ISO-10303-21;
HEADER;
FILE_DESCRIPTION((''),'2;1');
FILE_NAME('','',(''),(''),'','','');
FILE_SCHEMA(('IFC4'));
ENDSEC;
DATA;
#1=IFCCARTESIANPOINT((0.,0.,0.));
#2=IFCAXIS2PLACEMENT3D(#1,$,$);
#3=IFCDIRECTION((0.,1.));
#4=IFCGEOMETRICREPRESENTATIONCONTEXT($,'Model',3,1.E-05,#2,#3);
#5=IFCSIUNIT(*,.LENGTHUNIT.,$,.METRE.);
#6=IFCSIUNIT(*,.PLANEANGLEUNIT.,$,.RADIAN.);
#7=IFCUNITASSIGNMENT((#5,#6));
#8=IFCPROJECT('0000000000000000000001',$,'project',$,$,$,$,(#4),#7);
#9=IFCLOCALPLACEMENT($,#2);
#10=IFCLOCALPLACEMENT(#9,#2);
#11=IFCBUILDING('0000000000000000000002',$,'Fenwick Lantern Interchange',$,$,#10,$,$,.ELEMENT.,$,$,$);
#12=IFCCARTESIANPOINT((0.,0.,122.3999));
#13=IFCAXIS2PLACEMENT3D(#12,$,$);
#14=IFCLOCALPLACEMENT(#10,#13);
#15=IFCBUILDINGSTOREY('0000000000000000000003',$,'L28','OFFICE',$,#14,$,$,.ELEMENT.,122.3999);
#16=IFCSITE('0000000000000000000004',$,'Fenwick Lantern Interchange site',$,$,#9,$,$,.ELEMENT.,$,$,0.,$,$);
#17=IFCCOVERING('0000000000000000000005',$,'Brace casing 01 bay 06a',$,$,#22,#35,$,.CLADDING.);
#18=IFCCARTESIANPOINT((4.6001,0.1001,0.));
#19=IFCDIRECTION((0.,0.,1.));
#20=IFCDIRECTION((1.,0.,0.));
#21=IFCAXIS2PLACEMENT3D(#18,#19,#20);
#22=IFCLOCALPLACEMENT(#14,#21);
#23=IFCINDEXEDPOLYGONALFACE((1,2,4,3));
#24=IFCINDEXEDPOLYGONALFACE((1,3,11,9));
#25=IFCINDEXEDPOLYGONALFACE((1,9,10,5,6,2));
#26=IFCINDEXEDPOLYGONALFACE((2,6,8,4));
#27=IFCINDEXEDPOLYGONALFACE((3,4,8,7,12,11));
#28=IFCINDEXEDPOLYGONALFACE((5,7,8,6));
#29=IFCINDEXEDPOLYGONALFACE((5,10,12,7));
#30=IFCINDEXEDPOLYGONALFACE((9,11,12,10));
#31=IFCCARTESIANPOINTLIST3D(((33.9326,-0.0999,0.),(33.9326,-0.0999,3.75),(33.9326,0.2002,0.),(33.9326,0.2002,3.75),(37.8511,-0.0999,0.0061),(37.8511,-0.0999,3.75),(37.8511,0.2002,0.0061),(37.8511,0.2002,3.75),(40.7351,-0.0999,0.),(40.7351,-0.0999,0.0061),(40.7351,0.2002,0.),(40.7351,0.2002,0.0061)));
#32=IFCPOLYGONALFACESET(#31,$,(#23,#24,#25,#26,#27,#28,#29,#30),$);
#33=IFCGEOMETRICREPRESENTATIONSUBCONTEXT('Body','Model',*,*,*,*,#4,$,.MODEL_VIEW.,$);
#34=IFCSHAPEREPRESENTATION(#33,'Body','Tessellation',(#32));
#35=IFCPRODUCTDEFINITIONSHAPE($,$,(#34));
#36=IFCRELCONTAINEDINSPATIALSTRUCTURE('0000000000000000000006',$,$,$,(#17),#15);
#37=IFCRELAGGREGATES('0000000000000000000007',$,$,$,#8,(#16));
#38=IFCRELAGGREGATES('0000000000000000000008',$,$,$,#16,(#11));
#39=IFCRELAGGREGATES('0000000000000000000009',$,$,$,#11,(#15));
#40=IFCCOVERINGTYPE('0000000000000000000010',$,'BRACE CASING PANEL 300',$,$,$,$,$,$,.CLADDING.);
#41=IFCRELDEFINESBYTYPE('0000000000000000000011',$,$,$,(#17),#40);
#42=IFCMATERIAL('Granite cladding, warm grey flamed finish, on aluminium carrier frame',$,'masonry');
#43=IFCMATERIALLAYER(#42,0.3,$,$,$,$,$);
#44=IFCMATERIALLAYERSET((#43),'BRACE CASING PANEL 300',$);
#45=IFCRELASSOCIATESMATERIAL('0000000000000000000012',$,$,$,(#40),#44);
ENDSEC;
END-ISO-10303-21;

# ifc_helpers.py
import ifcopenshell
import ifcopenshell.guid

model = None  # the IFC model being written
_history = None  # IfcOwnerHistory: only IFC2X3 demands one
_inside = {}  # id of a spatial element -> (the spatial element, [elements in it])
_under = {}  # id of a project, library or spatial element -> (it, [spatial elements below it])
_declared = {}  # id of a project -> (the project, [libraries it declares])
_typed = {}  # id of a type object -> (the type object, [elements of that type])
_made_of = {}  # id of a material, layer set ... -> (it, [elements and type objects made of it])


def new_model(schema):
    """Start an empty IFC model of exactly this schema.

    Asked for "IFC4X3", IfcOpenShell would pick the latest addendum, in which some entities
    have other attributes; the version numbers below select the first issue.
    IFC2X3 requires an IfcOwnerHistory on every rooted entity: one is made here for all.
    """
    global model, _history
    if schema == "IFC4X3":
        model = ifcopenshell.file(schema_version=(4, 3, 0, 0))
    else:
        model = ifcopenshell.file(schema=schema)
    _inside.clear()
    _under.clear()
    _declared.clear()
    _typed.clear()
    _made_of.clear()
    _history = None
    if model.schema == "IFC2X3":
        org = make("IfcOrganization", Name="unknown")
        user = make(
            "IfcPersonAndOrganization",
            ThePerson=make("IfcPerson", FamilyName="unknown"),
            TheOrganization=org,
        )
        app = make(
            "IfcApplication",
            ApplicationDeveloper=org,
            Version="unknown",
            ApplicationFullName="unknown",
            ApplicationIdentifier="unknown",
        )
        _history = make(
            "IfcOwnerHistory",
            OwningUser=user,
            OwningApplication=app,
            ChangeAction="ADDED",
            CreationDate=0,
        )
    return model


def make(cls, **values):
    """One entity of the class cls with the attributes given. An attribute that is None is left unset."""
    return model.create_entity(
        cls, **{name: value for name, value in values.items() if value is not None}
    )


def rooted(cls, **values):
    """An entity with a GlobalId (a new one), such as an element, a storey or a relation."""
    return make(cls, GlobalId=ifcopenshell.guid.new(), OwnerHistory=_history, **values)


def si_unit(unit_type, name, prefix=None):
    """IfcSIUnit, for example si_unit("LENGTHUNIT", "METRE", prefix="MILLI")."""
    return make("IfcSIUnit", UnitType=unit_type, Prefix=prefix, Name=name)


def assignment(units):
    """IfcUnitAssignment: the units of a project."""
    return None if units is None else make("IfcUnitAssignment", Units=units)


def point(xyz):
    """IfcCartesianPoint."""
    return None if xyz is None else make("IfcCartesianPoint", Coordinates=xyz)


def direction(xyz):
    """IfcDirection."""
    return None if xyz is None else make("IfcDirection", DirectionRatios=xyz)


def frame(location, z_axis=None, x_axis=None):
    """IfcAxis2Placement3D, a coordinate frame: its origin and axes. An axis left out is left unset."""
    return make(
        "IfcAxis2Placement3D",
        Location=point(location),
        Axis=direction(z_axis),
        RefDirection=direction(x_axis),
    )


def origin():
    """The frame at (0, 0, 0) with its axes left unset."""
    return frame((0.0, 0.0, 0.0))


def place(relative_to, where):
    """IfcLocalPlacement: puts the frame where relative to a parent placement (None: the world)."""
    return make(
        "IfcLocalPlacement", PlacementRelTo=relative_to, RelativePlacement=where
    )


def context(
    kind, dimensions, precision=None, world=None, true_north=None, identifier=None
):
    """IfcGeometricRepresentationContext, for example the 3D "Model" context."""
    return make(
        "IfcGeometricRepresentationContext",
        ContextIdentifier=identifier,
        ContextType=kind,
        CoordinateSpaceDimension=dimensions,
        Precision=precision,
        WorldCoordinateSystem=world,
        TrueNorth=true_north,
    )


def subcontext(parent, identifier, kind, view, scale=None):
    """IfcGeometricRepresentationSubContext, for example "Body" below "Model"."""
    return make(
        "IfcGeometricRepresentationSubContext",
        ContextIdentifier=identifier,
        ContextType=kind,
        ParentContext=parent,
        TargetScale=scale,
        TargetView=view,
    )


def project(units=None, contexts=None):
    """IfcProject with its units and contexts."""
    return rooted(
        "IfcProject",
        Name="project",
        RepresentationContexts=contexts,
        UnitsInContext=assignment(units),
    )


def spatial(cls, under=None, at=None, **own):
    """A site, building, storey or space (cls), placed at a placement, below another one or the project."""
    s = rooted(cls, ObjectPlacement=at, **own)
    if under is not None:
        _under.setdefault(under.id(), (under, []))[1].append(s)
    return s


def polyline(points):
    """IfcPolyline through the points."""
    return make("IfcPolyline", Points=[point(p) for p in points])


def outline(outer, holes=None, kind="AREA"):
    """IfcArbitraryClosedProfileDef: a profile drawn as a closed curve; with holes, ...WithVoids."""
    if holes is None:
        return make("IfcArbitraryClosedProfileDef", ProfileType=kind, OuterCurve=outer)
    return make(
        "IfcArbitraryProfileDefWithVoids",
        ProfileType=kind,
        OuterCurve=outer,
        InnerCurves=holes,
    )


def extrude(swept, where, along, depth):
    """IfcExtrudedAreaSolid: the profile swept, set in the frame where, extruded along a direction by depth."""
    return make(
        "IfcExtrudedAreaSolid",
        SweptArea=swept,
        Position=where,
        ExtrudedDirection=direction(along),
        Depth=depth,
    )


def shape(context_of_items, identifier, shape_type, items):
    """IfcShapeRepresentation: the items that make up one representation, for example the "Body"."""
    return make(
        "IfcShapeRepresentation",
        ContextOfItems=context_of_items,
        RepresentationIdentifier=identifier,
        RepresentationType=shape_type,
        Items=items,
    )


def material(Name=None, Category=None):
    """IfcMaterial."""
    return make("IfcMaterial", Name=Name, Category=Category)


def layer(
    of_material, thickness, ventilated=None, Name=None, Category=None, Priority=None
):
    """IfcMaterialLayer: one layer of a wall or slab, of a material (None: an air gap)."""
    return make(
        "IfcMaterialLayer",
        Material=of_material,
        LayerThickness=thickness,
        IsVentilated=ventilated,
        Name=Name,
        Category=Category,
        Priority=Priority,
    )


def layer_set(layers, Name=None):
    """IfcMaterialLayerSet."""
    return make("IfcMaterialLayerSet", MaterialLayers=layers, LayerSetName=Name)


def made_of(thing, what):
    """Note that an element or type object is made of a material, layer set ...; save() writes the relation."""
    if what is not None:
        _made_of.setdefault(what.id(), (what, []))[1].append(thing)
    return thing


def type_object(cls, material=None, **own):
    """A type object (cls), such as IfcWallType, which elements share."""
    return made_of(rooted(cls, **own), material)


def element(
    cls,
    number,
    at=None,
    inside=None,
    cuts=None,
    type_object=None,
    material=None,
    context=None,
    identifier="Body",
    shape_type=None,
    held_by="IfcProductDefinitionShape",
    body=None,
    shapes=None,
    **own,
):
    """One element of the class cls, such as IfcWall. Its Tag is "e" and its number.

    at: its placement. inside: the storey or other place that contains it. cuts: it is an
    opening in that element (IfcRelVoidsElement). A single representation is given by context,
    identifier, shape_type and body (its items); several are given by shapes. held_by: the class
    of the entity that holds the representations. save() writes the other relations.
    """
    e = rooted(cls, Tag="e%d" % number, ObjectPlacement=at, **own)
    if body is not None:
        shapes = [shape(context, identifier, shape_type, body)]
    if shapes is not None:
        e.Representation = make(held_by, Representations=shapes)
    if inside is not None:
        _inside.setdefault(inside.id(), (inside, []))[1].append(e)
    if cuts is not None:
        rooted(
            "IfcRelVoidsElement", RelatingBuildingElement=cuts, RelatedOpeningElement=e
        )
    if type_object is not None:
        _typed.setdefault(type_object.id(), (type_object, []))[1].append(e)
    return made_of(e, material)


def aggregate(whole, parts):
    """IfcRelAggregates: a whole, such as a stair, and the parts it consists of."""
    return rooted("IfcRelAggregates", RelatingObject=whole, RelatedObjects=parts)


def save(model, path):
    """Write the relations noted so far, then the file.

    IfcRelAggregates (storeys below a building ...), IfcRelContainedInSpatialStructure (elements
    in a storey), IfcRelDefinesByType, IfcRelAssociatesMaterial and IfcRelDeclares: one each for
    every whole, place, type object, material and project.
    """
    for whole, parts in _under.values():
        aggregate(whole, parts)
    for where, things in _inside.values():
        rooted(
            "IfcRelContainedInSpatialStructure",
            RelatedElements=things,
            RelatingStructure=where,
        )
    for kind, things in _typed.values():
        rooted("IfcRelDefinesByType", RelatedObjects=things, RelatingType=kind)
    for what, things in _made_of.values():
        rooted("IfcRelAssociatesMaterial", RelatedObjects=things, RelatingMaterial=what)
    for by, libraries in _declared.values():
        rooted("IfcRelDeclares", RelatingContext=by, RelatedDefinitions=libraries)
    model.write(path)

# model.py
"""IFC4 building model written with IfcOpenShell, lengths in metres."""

from ifc_helpers import new_model, si_unit, direction, frame, origin, place, context, subcontext, project, spatial, polyline, outline, extrude, material, layer, layer_set, type_object, element, save


model = new_model("IFC4")

# Units and contexts
model_context = context("Model", 3, precision=1e-05, world=origin(), true_north=direction((0.0, 1.0)))
body_context = subcontext(model_context, "Body", "Model", "MODEL_VIEW")
ifc_project = project(units=[si_unit("LENGTHUNIT", "METRE"), si_unit("PLANEANGLEUNIT", "RADIAN")], contexts=[model_context])

# Site, building, storey
site_placement = place(None, origin())
site = spatial("IfcSite", under=ifc_project, at=site_placement, Name="Fenwick Lantern Interchange site", CompositionType="ELEMENT", RefElevation=0.0)
building_placement = place(site_placement, origin())
building = spatial("IfcBuilding", under=site, at=building_placement, Name="Fenwick Lantern Interchange", CompositionType="ELEMENT")
storey_placement = place(building_placement, frame((0.0, 0.0, 122.3999)))
storey = spatial("IfcBuildingStorey", under=building, at=storey_placement, Name="L28", Description="OFFICE", CompositionType="ELEMENT", Elevation=122.3999)

# Covering
ifc_material_1 = material(Name="Granite cladding, warm grey flamed finish, on aluminium carrier frame", Category="masonry")
ifc_layer_1 = layer(ifc_material_1, 0.3)
ifc_layer_set_1 = layer_set([ifc_layer_1], Name="BRACE CASING PANEL 300")
covering_type = type_object("IfcCoveringType", Name="BRACE CASING PANEL 300", PredefinedType="CLADDING", material=ifc_layer_set_1)
covering_placement = place(storey_placement, frame((4.6001, 0.1001, 0.0), z_axis=(0.0, 0.0, 1.0), x_axis=(1.0, 0.0, 0.0)))
element("IfcCovering", 1, at=covering_placement, inside=storey, type_object=covering_type, Name="Brace casing 01 bay 06a", PredefinedType="CLADDING", context=body_context, shape_type="SweptSolid", body=[
    extrude(outline(polyline([(33.9326, 0.0), (40.7351, 0.0), (40.7351, 0.0061), (37.8511, 0.0061), (37.8511, 3.75), (33.9326, 3.75), (33.9326, 0.0)])), frame((0.0, 0.2002, 0.0), z_axis=(0.0, -1.0, 0.0), x_axis=(1.0, 0.0, 0.0)), (0.0, 0.0, 1.0), 0.3),
])

save(model, "model.ifc")
